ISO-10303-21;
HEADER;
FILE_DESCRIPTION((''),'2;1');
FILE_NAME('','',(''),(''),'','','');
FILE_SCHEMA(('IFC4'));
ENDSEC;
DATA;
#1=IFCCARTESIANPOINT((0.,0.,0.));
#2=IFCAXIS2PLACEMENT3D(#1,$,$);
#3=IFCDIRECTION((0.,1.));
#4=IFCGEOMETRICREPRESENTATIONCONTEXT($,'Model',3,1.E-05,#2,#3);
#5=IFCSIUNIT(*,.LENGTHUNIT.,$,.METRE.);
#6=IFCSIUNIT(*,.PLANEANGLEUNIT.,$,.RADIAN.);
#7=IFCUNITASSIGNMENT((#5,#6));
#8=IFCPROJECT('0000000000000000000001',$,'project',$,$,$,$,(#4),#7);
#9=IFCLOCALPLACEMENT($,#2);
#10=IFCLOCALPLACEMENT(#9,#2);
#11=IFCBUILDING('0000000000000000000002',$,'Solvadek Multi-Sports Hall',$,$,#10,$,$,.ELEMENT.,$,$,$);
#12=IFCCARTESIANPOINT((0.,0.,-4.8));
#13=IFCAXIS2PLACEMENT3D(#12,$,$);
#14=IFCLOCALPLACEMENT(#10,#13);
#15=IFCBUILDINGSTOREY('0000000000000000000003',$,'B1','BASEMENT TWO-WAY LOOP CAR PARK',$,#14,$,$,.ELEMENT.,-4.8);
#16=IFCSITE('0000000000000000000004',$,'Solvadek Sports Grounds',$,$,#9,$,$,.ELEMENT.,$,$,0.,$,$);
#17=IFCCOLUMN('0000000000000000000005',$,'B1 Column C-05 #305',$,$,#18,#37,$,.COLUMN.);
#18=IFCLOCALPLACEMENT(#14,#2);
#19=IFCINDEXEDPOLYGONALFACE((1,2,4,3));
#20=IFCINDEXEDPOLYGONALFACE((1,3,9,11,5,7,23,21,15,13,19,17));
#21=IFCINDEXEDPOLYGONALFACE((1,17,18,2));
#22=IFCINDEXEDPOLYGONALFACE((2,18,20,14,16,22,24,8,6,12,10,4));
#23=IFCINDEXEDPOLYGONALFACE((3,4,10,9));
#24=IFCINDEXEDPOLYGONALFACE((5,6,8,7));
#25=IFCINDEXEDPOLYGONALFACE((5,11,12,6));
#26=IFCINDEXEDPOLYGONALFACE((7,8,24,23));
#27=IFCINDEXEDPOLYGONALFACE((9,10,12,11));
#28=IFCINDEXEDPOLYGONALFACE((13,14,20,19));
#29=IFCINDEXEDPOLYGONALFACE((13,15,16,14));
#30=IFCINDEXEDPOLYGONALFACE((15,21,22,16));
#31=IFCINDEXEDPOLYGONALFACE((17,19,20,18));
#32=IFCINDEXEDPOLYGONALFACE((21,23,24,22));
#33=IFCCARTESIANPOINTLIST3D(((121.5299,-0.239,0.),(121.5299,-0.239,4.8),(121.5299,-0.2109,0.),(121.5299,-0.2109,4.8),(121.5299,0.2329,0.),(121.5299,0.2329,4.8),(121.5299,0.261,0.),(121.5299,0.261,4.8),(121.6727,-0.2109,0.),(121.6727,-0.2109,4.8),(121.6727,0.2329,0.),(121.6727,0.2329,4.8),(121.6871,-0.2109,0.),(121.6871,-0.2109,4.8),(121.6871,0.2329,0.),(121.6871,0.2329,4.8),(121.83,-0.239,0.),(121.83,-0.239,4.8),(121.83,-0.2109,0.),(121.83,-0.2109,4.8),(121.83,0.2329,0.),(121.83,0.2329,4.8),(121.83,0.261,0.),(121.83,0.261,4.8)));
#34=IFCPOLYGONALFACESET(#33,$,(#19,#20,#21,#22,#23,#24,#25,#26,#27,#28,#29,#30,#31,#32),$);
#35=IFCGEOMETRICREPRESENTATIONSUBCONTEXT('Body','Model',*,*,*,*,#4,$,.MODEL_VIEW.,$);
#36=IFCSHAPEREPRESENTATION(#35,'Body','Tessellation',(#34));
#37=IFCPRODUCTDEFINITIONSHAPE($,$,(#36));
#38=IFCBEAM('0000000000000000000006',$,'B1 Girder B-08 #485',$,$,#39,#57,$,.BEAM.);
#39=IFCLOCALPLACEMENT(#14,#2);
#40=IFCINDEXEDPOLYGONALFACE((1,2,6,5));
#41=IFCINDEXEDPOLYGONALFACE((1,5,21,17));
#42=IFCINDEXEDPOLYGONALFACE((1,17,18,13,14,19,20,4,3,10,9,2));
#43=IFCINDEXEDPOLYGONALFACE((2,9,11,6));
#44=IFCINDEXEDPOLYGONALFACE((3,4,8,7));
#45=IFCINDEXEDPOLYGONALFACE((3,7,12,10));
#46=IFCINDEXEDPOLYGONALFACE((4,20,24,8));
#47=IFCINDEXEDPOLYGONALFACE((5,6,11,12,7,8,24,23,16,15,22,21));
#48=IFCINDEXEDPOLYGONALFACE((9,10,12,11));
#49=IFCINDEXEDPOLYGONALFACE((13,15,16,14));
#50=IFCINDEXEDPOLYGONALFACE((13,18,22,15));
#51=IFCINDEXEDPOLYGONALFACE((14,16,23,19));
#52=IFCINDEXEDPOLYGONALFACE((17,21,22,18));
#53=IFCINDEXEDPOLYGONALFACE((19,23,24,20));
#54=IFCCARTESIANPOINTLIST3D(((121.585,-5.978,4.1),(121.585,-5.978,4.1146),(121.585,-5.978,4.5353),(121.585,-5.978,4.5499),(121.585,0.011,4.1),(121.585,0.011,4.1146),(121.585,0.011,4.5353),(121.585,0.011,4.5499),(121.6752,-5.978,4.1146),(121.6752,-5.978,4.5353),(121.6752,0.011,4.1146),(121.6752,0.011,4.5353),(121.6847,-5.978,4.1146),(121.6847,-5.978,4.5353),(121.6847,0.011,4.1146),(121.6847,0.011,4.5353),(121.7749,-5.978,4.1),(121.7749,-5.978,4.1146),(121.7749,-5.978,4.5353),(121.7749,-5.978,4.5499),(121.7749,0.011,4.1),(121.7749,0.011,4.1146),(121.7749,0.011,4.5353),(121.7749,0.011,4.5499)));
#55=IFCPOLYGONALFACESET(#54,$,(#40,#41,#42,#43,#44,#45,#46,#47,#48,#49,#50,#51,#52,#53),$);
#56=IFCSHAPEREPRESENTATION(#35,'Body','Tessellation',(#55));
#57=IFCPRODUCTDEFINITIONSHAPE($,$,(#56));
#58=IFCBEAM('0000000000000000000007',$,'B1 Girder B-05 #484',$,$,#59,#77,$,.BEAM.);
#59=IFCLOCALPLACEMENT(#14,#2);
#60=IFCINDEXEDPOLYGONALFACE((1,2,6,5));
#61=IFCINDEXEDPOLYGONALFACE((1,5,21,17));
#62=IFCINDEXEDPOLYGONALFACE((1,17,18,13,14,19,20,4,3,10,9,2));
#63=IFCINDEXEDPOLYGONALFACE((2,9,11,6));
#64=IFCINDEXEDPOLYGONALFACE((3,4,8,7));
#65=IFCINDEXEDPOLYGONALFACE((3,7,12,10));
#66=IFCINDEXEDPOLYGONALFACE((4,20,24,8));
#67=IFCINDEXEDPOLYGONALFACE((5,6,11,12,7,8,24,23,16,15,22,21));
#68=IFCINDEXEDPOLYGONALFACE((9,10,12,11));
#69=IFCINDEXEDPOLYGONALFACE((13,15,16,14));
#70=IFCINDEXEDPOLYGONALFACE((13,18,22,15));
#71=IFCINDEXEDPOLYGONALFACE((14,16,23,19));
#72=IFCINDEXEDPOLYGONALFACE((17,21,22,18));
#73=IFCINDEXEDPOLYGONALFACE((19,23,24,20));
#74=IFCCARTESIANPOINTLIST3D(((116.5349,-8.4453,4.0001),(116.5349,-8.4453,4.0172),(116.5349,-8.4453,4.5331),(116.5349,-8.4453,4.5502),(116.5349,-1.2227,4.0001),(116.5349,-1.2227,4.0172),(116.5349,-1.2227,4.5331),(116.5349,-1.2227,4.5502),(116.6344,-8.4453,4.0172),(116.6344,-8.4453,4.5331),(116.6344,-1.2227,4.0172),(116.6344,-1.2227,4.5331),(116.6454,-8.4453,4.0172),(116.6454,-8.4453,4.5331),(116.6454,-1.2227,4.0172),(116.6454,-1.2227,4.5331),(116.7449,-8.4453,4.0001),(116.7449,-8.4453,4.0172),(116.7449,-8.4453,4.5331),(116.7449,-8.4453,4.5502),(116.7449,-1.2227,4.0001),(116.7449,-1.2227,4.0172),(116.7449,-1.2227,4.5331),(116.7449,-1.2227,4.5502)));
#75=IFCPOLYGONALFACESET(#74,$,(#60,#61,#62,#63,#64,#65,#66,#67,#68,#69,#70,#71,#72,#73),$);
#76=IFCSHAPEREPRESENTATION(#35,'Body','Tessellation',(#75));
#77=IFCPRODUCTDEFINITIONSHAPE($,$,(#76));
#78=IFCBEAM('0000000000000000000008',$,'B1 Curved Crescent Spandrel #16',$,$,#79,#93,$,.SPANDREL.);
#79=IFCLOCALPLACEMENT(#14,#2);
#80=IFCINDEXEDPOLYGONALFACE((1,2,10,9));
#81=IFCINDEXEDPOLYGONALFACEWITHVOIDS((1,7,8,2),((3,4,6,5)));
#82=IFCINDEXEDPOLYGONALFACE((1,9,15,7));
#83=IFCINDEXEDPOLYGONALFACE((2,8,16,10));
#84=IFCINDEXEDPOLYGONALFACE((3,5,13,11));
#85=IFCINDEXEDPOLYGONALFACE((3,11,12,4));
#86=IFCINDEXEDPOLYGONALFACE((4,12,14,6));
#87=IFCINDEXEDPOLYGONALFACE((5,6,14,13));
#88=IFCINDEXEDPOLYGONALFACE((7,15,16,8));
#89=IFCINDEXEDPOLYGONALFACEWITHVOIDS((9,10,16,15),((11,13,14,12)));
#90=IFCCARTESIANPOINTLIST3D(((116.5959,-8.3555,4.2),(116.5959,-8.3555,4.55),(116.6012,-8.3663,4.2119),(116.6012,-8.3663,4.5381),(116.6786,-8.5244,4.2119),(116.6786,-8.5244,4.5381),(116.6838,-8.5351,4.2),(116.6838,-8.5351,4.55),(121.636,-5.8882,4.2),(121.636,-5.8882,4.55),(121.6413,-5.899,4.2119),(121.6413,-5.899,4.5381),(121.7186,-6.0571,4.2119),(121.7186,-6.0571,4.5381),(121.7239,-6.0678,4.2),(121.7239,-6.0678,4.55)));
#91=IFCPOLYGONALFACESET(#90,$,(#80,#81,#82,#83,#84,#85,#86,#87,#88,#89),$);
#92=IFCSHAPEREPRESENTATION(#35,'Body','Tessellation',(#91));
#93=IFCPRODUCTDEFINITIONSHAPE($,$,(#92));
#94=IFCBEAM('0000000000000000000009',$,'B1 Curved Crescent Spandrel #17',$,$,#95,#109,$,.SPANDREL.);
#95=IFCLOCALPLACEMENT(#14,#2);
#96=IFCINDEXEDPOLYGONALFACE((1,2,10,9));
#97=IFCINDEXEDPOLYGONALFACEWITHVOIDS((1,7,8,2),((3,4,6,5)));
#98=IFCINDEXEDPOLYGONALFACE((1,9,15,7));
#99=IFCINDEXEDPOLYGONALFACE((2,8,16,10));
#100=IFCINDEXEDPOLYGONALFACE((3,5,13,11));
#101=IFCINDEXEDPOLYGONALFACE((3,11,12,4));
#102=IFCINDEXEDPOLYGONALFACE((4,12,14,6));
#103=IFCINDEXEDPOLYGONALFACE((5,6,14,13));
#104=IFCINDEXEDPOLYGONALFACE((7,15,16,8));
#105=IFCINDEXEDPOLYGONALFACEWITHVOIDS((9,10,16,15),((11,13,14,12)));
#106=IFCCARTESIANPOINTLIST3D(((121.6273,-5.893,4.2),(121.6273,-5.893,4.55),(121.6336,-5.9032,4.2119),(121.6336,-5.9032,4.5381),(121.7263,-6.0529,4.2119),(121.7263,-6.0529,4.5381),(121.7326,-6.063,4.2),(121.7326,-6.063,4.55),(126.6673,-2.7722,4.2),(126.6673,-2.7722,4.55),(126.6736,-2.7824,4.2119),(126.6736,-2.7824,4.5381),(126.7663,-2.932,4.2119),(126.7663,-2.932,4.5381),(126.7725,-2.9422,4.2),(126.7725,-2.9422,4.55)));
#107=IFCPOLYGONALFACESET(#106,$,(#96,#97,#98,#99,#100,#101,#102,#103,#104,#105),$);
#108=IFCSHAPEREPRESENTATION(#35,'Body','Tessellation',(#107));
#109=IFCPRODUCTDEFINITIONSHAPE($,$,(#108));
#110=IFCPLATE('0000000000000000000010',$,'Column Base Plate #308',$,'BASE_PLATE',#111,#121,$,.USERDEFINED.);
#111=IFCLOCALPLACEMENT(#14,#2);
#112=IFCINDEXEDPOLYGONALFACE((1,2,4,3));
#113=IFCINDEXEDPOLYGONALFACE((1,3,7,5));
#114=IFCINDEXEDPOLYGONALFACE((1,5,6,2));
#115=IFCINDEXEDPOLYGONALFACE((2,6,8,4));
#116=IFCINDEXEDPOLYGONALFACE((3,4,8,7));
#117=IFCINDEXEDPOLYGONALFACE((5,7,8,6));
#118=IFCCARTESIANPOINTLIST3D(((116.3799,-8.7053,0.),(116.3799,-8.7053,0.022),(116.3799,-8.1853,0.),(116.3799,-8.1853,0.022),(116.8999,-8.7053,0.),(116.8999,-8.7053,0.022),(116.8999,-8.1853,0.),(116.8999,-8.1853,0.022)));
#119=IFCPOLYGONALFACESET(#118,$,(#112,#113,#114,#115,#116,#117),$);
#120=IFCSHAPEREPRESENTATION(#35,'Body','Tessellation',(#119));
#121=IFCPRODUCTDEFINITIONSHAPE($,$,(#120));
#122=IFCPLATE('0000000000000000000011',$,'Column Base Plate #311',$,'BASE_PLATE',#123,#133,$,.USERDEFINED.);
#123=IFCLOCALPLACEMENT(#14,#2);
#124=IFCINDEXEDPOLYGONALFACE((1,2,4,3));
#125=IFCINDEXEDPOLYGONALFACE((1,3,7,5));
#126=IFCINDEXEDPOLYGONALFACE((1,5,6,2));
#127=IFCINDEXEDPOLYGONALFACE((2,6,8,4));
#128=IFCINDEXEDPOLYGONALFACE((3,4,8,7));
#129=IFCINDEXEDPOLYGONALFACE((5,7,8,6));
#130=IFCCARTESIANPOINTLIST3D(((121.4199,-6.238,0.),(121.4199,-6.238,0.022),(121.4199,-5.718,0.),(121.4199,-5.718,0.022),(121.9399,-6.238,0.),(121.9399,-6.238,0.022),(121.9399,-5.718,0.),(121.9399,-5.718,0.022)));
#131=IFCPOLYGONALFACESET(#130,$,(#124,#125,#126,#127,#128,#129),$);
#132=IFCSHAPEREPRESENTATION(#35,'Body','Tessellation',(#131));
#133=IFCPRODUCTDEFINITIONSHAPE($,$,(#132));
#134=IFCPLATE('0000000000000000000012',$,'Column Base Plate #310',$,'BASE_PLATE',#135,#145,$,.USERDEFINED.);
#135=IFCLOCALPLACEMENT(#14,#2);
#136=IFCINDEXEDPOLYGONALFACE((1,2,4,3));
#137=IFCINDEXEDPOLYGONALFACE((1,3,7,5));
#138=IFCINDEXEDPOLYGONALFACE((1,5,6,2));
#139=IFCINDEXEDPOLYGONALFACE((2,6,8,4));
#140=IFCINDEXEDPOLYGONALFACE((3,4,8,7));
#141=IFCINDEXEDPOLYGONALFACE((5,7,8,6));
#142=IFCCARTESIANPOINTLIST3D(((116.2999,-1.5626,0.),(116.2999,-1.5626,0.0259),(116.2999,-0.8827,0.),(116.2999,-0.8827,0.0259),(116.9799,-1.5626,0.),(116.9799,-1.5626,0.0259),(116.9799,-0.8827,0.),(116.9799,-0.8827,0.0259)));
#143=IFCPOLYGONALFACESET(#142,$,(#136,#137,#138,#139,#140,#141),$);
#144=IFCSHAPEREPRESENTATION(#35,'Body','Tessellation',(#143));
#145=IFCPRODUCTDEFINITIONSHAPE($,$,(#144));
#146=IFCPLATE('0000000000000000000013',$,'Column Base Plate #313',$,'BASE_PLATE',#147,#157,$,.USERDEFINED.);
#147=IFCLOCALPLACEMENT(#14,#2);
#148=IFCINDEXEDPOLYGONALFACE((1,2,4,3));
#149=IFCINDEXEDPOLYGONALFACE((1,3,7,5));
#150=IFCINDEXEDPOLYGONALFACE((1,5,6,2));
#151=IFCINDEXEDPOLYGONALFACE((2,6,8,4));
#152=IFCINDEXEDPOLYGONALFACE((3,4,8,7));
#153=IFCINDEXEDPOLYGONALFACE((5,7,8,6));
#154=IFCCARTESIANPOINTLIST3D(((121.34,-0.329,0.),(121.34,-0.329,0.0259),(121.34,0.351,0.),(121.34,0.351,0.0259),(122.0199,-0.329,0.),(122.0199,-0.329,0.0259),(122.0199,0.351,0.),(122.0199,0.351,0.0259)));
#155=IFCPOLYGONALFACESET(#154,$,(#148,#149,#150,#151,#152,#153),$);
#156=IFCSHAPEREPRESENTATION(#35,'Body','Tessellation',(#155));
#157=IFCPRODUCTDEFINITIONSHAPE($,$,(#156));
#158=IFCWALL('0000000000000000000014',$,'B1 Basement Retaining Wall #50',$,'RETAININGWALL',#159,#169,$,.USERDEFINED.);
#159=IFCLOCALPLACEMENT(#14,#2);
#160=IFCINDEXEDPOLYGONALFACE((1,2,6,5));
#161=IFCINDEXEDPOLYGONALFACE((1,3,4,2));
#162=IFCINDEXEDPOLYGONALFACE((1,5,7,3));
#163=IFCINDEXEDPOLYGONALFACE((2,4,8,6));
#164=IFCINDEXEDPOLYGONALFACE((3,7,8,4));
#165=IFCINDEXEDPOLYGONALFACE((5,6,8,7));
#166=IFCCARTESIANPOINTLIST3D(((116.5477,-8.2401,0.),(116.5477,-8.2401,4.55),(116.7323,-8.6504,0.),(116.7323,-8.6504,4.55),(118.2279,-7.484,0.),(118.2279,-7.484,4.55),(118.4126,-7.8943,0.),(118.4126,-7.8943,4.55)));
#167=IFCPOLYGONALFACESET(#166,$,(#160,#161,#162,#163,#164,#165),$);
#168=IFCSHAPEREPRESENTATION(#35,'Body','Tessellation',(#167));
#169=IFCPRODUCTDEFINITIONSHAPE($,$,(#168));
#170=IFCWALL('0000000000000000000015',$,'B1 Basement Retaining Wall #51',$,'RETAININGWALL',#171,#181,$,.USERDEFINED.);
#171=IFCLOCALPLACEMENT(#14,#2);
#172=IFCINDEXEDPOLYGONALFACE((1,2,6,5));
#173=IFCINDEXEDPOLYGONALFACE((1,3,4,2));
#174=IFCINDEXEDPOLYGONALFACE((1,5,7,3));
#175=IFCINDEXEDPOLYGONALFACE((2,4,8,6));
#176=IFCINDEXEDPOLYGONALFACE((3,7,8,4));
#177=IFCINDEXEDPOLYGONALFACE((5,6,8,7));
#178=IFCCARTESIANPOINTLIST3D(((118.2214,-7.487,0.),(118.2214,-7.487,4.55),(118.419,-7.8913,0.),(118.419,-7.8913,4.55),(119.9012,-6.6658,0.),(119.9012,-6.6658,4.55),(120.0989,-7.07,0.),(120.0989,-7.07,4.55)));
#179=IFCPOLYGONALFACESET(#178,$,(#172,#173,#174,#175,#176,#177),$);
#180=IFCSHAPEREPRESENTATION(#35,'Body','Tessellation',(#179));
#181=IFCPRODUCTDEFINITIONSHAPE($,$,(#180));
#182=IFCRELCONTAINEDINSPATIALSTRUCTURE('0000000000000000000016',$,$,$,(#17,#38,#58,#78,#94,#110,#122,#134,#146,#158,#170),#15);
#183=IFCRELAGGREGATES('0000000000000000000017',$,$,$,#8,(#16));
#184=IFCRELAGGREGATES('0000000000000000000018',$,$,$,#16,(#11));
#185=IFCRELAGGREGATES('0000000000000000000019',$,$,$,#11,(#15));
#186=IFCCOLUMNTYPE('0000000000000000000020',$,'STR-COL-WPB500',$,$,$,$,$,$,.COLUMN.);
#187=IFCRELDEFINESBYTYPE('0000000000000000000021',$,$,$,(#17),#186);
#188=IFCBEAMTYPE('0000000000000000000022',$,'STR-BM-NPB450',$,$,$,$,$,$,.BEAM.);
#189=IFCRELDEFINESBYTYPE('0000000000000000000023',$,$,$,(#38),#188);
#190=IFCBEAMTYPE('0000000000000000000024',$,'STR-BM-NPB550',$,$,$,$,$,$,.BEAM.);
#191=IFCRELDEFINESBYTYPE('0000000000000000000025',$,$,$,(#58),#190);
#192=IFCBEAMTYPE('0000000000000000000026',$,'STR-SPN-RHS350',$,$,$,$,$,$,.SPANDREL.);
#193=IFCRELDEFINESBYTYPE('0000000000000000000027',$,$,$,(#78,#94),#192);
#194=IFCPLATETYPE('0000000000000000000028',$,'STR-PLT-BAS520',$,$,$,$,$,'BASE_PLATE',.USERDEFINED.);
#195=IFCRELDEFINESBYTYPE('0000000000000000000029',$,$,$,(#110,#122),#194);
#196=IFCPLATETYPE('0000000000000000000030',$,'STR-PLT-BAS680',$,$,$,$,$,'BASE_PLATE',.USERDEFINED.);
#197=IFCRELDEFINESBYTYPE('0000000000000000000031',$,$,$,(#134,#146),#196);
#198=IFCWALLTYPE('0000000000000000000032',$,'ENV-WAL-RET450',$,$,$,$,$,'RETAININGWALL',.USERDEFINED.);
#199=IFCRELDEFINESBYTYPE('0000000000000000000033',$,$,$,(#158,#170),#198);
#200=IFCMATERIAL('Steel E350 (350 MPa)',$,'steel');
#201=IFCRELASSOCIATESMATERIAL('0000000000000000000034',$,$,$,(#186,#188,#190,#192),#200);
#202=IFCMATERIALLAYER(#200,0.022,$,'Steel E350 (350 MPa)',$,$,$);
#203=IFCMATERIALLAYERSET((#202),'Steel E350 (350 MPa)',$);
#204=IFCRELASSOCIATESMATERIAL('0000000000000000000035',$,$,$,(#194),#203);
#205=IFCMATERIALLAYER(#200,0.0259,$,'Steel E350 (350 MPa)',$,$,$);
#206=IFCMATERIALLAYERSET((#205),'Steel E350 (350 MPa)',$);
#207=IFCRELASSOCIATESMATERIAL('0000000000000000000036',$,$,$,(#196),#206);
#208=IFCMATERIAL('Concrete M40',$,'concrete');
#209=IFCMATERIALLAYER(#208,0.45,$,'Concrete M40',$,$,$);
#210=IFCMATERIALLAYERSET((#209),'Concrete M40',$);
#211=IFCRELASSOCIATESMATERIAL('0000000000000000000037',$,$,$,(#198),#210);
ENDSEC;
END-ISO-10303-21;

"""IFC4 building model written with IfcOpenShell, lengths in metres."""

from ifc_helpers import new_model, si_unit, direction, frame, frame_2d, origin, origin_2d, place, context, subcontext, project, spatial, rectangle, hollow_rectangle, i_section, extrude, material, layer, layer_set, material_profile, profile_set, type_object, element, save


model = new_model("IFC4")

# Units and contexts
model_context = context("Model", 3, precision=1e-05, world=origin(), true_north=direction((0.0, 1.0)))
body_context = subcontext(model_context, "Body", "Model", "MODEL_VIEW")
ifc_project = project(units=[si_unit("LENGTHUNIT", "METRE"), si_unit("PLANEANGLEUNIT", "RADIAN")], contexts=[model_context])

# Site, building, storey
site_placement = place(None, origin())
site = spatial("IfcSite", under=ifc_project, at=site_placement, Name="Solvadek Sports Grounds", CompositionType="ELEMENT", RefElevation=0.0)
building_placement = place(site_placement, origin())
building = spatial("IfcBuilding", under=site, at=building_placement, Name="Solvadek Multi-Sports Hall", CompositionType="ELEMENT")
storey_placement = place(building_placement, frame((0.0, 0.0, -4.8)))
storey = spatial("IfcBuildingStorey", under=building, at=storey_placement, Name="B1", Description="BASEMENT TWO-WAY LOOP CAR PARK", CompositionType="ELEMENT", Elevation=-4.8)

# Shared definitions
ifc_material_1 = material(Name="Concrete M40", Category="concrete")

# Column
ifc_material_2 = material(Name="Steel E350 (350 MPa)", Category="steel")
ifc_material_profile_1 = material_profile(ifc_material_2, i_section(OverallWidth=0.3, OverallDepth=0.5, WebThickness=0.0144, FlangeThickness=0.0281, at=origin_2d()), Name="WPB 500")
ifc_profile_set_1 = profile_set([ifc_material_profile_1], Name="Steel E350 (350 MPa)")
column_type_1 = type_object("IfcColumnType", Name="STR-COL-WPB500", PredefinedType="COLUMN", material=ifc_profile_set_1)
for number, where, z_axis, x_axis, name in (
    (1, (121.6799, 0.011, 0.0), (0.0, 0.0, 1.0), (1.0, 0.0, 0.0), "B1 Column C-05 #305"),
):
    element("IfcColumn", number, at=place(storey_placement, frame(where, z_axis=z_axis, x_axis=x_axis)), inside=storey, type_object=column_type_1, Name=name, PredefinedType="COLUMN", context=body_context, shape_type="SweptSolid", body=[
        extrude(i_section(OverallWidth=0.3, OverallDepth=0.5, WebThickness=0.0144, FlangeThickness=0.0281, at=origin_2d()), origin(), (0.0, 0.0, 1.0), 4.8),
    ])

# Beams
ifc_material_profile_2 = material_profile(ifc_material_2, i_section(OverallWidth=0.1899, OverallDepth=0.45, WebThickness=0.0095, FlangeThickness=0.0146, at=origin_2d()), Name="NPB 450")
ifc_profile_set_2 = profile_set([ifc_material_profile_2], Name="Steel E350 (350 MPa)")
beam_type_1 = type_object("IfcBeamType", Name="STR-BM-NPB450", PredefinedType="BEAM", material=ifc_profile_set_2)
beam_1_placement = place(storey_placement, frame((121.6799, -5.978, 4.325), z_axis=(0.0, 1.0, 0.0), x_axis=(-1.0, 0.0, 0.0)))
element("IfcBeam", 2, at=beam_1_placement, inside=storey, type_object=beam_type_1, Name="B1 Girder B-08 #485", PredefinedType="BEAM", context=body_context, shape_type="SweptSolid", body=[
    extrude(i_section(OverallWidth=0.1899, OverallDepth=0.45, WebThickness=0.0095, FlangeThickness=0.0146, at=origin_2d()), origin(), (0.0, 0.0, 1.0), 5.989),
])
ifc_material_profile_3 = material_profile(ifc_material_2, i_section(OverallWidth=0.21, OverallDepth=0.55, WebThickness=0.011, FlangeThickness=0.0171, at=origin_2d()), Name="NPB 550")
ifc_profile_set_3 = profile_set([ifc_material_profile_3], Name="Steel E350 (350 MPa)")
beam_type_2 = type_object("IfcBeamType", Name="STR-BM-NPB550", PredefinedType="BEAM", material=ifc_profile_set_3)
beam_2_placement = place(storey_placement, frame((116.6399, -8.4453, 4.2751), z_axis=(0.0, 1.0, 0.0), x_axis=(-1.0, 0.0, 0.0)))
element("IfcBeam", 3, at=beam_2_placement, inside=storey, type_object=beam_type_2, Name="B1 Girder B-05 #484", PredefinedType="BEAM", context=body_context, shape_type="SweptSolid", body=[
    extrude(i_section(OverallWidth=0.21, OverallDepth=0.55, WebThickness=0.011, FlangeThickness=0.0171, at=origin_2d()), origin(), (0.0, 0.0, 1.0), 7.2227),
])
ifc_material_profile_4 = material_profile(ifc_material_2, hollow_rectangle(XDim=0.2, YDim=0.3501, WallThickness=0.012, at=origin_2d()), Name="RHS 350x200x12")
ifc_profile_set_4 = profile_set([ifc_material_profile_4], Name="Steel E350 (350 MPa)")
beam_type_3 = type_object("IfcBeamType", Name="STR-SPN-RHS350", PredefinedType="SPANDREL", material=ifc_profile_set_4)
beam_3_placement = place(storey_placement, frame((116.6399, -8.4453, 4.375), z_axis=(0.898155, 0.43968, 0.0), x_axis=(-0.43968, 0.898155, 0.0)))
element("IfcBeam", 4, at=beam_3_placement, inside=storey, type_object=beam_type_3, Name="B1 Curved Crescent Spandrel #16", PredefinedType="SPANDREL", context=body_context, shape_type="SweptSolid", body=[
    extrude(hollow_rectangle(XDim=0.2, YDim=0.3501, WallThickness=0.012, at=origin_2d()), origin(), (0.0, 0.0, 1.0), 5.6116),
])
beam_4_placement = place(storey_placement, frame((121.6799, -5.978, 4.375), z_axis=(0.850203, 0.526455, 0.0), x_axis=(-0.526455, 0.850203, 0.0)))
element("IfcBeam", 5, at=beam_4_placement, inside=storey, type_object=beam_type_3, Name="B1 Curved Crescent Spandrel #17", PredefinedType="SPANDREL", context=body_context, shape_type="SweptSolid", body=[
    extrude(hollow_rectangle(XDim=0.2, YDim=0.3501, WallThickness=0.012, at=origin_2d()), origin(), (0.0, 0.0, 1.0), 5.928),
])

# Plates
ifc_layer_1 = layer(ifc_material_2, 0.022, Name="Steel E350 (350 MPa)")
ifc_layer_set_1 = layer_set([ifc_layer_1], Name="Steel E350 (350 MPa)")
plate_type_1 = type_object("IfcPlateType", Name="STR-PLT-BAS520", ElementType="BASE_PLATE", PredefinedType="USERDEFINED", material=ifc_layer_set_1)
for number, where, z_axis, x_axis, name in (
    (6, (116.6399, -8.4453, 0.0), (0.0, 0.0, 1.0), (1.0, 0.0, 0.0), "Column Base Plate #308"),
    (7, (121.6799, -5.978, 0.0), (0.0, 0.0, 1.0), (1.0, 0.0, 0.0), "Column Base Plate #311"),
):
    element("IfcPlate", number, at=place(storey_placement, frame(where, z_axis=z_axis, x_axis=x_axis)), inside=storey, type_object=plate_type_1, Name=name, ObjectType="BASE_PLATE", PredefinedType="USERDEFINED", context=body_context, shape_type="SweptSolid", body=[
        extrude(rectangle(XDim=0.52, YDim=0.52, at=origin_2d()), origin(), (0.0, 0.0, 1.0), 0.022),
    ])
ifc_layer_2 = layer(ifc_material_2, 0.0259, Name="Steel E350 (350 MPa)")
ifc_layer_set_2 = layer_set([ifc_layer_2], Name="Steel E350 (350 MPa)")
plate_type_2 = type_object("IfcPlateType", Name="STR-PLT-BAS680", ElementType="BASE_PLATE", PredefinedType="USERDEFINED", material=ifc_layer_set_2)
for number, where, z_axis, x_axis, name in (
    (8, (116.6399, -1.2227, 0.0), (0.0, 0.0, 1.0), (1.0, 0.0, 0.0), "Column Base Plate #310"),
    (9, (121.6799, 0.011, 0.0), (0.0, 0.0, 1.0), (1.0, 0.0, 0.0), "Column Base Plate #313"),
):
    element("IfcPlate", number, at=place(storey_placement, frame(where, z_axis=z_axis, x_axis=x_axis)), inside=storey, type_object=plate_type_2, Name=name, ObjectType="BASE_PLATE", PredefinedType="USERDEFINED", context=body_context, shape_type="SweptSolid", body=[
        extrude(rectangle(XDim=0.6799, YDim=0.6799, at=origin_2d()), origin(), (0.0, 0.0, 1.0), 0.0259),
    ])

# Walls
ifc_layer_3 = layer(ifc_material_1, 0.45, Name="Concrete M40")
ifc_layer_set_3 = layer_set([ifc_layer_3], Name="Concrete M40")
wall_type = type_object("IfcWallType", Name="ENV-WAL-RET450", ElementType="RETAININGWALL", PredefinedType="USERDEFINED", material=ifc_layer_set_3)
wall_1_placement = place(storey_placement, frame((116.6399, -8.4453, 0.0), z_axis=(0.0, 0.0, 1.0), x_axis=(0.911917, 0.410376, 0.0)))
element("IfcWall", 10, at=wall_1_placement, inside=storey, type_object=wall_type, Name="B1 Basement Retaining Wall #50", ObjectType="RETAININGWALL", PredefinedType="USERDEFINED", context=body_context, shape_type="SweptSolid", body=[
    extrude(rectangle(XDim=1.8425, YDim=0.45, at=frame_2d((0.9214, 0.0))), origin(), (0.0, 0.0, 1.0), 4.55),
])
wall_2_placement = place(storey_placement, frame((118.3201, -7.6892, 0.0), z_axis=(0.0, 0.0, 1.0), x_axis=(0.898387, 0.439205, 0.0)))
element("IfcWall", 11, at=wall_2_placement, inside=storey, type_object=wall_type, Name="B1 Basement Retaining Wall #51", ObjectType="RETAININGWALL", PredefinedType="USERDEFINED", context=body_context, shape_type="SweptSolid", body=[
    extrude(rectangle(XDim=1.8699, YDim=0.45, at=frame_2d((0.9351, 0.0))), origin(), (0.0, 0.0, 1.0), 4.55),
])

save(model, "model.ifc")
